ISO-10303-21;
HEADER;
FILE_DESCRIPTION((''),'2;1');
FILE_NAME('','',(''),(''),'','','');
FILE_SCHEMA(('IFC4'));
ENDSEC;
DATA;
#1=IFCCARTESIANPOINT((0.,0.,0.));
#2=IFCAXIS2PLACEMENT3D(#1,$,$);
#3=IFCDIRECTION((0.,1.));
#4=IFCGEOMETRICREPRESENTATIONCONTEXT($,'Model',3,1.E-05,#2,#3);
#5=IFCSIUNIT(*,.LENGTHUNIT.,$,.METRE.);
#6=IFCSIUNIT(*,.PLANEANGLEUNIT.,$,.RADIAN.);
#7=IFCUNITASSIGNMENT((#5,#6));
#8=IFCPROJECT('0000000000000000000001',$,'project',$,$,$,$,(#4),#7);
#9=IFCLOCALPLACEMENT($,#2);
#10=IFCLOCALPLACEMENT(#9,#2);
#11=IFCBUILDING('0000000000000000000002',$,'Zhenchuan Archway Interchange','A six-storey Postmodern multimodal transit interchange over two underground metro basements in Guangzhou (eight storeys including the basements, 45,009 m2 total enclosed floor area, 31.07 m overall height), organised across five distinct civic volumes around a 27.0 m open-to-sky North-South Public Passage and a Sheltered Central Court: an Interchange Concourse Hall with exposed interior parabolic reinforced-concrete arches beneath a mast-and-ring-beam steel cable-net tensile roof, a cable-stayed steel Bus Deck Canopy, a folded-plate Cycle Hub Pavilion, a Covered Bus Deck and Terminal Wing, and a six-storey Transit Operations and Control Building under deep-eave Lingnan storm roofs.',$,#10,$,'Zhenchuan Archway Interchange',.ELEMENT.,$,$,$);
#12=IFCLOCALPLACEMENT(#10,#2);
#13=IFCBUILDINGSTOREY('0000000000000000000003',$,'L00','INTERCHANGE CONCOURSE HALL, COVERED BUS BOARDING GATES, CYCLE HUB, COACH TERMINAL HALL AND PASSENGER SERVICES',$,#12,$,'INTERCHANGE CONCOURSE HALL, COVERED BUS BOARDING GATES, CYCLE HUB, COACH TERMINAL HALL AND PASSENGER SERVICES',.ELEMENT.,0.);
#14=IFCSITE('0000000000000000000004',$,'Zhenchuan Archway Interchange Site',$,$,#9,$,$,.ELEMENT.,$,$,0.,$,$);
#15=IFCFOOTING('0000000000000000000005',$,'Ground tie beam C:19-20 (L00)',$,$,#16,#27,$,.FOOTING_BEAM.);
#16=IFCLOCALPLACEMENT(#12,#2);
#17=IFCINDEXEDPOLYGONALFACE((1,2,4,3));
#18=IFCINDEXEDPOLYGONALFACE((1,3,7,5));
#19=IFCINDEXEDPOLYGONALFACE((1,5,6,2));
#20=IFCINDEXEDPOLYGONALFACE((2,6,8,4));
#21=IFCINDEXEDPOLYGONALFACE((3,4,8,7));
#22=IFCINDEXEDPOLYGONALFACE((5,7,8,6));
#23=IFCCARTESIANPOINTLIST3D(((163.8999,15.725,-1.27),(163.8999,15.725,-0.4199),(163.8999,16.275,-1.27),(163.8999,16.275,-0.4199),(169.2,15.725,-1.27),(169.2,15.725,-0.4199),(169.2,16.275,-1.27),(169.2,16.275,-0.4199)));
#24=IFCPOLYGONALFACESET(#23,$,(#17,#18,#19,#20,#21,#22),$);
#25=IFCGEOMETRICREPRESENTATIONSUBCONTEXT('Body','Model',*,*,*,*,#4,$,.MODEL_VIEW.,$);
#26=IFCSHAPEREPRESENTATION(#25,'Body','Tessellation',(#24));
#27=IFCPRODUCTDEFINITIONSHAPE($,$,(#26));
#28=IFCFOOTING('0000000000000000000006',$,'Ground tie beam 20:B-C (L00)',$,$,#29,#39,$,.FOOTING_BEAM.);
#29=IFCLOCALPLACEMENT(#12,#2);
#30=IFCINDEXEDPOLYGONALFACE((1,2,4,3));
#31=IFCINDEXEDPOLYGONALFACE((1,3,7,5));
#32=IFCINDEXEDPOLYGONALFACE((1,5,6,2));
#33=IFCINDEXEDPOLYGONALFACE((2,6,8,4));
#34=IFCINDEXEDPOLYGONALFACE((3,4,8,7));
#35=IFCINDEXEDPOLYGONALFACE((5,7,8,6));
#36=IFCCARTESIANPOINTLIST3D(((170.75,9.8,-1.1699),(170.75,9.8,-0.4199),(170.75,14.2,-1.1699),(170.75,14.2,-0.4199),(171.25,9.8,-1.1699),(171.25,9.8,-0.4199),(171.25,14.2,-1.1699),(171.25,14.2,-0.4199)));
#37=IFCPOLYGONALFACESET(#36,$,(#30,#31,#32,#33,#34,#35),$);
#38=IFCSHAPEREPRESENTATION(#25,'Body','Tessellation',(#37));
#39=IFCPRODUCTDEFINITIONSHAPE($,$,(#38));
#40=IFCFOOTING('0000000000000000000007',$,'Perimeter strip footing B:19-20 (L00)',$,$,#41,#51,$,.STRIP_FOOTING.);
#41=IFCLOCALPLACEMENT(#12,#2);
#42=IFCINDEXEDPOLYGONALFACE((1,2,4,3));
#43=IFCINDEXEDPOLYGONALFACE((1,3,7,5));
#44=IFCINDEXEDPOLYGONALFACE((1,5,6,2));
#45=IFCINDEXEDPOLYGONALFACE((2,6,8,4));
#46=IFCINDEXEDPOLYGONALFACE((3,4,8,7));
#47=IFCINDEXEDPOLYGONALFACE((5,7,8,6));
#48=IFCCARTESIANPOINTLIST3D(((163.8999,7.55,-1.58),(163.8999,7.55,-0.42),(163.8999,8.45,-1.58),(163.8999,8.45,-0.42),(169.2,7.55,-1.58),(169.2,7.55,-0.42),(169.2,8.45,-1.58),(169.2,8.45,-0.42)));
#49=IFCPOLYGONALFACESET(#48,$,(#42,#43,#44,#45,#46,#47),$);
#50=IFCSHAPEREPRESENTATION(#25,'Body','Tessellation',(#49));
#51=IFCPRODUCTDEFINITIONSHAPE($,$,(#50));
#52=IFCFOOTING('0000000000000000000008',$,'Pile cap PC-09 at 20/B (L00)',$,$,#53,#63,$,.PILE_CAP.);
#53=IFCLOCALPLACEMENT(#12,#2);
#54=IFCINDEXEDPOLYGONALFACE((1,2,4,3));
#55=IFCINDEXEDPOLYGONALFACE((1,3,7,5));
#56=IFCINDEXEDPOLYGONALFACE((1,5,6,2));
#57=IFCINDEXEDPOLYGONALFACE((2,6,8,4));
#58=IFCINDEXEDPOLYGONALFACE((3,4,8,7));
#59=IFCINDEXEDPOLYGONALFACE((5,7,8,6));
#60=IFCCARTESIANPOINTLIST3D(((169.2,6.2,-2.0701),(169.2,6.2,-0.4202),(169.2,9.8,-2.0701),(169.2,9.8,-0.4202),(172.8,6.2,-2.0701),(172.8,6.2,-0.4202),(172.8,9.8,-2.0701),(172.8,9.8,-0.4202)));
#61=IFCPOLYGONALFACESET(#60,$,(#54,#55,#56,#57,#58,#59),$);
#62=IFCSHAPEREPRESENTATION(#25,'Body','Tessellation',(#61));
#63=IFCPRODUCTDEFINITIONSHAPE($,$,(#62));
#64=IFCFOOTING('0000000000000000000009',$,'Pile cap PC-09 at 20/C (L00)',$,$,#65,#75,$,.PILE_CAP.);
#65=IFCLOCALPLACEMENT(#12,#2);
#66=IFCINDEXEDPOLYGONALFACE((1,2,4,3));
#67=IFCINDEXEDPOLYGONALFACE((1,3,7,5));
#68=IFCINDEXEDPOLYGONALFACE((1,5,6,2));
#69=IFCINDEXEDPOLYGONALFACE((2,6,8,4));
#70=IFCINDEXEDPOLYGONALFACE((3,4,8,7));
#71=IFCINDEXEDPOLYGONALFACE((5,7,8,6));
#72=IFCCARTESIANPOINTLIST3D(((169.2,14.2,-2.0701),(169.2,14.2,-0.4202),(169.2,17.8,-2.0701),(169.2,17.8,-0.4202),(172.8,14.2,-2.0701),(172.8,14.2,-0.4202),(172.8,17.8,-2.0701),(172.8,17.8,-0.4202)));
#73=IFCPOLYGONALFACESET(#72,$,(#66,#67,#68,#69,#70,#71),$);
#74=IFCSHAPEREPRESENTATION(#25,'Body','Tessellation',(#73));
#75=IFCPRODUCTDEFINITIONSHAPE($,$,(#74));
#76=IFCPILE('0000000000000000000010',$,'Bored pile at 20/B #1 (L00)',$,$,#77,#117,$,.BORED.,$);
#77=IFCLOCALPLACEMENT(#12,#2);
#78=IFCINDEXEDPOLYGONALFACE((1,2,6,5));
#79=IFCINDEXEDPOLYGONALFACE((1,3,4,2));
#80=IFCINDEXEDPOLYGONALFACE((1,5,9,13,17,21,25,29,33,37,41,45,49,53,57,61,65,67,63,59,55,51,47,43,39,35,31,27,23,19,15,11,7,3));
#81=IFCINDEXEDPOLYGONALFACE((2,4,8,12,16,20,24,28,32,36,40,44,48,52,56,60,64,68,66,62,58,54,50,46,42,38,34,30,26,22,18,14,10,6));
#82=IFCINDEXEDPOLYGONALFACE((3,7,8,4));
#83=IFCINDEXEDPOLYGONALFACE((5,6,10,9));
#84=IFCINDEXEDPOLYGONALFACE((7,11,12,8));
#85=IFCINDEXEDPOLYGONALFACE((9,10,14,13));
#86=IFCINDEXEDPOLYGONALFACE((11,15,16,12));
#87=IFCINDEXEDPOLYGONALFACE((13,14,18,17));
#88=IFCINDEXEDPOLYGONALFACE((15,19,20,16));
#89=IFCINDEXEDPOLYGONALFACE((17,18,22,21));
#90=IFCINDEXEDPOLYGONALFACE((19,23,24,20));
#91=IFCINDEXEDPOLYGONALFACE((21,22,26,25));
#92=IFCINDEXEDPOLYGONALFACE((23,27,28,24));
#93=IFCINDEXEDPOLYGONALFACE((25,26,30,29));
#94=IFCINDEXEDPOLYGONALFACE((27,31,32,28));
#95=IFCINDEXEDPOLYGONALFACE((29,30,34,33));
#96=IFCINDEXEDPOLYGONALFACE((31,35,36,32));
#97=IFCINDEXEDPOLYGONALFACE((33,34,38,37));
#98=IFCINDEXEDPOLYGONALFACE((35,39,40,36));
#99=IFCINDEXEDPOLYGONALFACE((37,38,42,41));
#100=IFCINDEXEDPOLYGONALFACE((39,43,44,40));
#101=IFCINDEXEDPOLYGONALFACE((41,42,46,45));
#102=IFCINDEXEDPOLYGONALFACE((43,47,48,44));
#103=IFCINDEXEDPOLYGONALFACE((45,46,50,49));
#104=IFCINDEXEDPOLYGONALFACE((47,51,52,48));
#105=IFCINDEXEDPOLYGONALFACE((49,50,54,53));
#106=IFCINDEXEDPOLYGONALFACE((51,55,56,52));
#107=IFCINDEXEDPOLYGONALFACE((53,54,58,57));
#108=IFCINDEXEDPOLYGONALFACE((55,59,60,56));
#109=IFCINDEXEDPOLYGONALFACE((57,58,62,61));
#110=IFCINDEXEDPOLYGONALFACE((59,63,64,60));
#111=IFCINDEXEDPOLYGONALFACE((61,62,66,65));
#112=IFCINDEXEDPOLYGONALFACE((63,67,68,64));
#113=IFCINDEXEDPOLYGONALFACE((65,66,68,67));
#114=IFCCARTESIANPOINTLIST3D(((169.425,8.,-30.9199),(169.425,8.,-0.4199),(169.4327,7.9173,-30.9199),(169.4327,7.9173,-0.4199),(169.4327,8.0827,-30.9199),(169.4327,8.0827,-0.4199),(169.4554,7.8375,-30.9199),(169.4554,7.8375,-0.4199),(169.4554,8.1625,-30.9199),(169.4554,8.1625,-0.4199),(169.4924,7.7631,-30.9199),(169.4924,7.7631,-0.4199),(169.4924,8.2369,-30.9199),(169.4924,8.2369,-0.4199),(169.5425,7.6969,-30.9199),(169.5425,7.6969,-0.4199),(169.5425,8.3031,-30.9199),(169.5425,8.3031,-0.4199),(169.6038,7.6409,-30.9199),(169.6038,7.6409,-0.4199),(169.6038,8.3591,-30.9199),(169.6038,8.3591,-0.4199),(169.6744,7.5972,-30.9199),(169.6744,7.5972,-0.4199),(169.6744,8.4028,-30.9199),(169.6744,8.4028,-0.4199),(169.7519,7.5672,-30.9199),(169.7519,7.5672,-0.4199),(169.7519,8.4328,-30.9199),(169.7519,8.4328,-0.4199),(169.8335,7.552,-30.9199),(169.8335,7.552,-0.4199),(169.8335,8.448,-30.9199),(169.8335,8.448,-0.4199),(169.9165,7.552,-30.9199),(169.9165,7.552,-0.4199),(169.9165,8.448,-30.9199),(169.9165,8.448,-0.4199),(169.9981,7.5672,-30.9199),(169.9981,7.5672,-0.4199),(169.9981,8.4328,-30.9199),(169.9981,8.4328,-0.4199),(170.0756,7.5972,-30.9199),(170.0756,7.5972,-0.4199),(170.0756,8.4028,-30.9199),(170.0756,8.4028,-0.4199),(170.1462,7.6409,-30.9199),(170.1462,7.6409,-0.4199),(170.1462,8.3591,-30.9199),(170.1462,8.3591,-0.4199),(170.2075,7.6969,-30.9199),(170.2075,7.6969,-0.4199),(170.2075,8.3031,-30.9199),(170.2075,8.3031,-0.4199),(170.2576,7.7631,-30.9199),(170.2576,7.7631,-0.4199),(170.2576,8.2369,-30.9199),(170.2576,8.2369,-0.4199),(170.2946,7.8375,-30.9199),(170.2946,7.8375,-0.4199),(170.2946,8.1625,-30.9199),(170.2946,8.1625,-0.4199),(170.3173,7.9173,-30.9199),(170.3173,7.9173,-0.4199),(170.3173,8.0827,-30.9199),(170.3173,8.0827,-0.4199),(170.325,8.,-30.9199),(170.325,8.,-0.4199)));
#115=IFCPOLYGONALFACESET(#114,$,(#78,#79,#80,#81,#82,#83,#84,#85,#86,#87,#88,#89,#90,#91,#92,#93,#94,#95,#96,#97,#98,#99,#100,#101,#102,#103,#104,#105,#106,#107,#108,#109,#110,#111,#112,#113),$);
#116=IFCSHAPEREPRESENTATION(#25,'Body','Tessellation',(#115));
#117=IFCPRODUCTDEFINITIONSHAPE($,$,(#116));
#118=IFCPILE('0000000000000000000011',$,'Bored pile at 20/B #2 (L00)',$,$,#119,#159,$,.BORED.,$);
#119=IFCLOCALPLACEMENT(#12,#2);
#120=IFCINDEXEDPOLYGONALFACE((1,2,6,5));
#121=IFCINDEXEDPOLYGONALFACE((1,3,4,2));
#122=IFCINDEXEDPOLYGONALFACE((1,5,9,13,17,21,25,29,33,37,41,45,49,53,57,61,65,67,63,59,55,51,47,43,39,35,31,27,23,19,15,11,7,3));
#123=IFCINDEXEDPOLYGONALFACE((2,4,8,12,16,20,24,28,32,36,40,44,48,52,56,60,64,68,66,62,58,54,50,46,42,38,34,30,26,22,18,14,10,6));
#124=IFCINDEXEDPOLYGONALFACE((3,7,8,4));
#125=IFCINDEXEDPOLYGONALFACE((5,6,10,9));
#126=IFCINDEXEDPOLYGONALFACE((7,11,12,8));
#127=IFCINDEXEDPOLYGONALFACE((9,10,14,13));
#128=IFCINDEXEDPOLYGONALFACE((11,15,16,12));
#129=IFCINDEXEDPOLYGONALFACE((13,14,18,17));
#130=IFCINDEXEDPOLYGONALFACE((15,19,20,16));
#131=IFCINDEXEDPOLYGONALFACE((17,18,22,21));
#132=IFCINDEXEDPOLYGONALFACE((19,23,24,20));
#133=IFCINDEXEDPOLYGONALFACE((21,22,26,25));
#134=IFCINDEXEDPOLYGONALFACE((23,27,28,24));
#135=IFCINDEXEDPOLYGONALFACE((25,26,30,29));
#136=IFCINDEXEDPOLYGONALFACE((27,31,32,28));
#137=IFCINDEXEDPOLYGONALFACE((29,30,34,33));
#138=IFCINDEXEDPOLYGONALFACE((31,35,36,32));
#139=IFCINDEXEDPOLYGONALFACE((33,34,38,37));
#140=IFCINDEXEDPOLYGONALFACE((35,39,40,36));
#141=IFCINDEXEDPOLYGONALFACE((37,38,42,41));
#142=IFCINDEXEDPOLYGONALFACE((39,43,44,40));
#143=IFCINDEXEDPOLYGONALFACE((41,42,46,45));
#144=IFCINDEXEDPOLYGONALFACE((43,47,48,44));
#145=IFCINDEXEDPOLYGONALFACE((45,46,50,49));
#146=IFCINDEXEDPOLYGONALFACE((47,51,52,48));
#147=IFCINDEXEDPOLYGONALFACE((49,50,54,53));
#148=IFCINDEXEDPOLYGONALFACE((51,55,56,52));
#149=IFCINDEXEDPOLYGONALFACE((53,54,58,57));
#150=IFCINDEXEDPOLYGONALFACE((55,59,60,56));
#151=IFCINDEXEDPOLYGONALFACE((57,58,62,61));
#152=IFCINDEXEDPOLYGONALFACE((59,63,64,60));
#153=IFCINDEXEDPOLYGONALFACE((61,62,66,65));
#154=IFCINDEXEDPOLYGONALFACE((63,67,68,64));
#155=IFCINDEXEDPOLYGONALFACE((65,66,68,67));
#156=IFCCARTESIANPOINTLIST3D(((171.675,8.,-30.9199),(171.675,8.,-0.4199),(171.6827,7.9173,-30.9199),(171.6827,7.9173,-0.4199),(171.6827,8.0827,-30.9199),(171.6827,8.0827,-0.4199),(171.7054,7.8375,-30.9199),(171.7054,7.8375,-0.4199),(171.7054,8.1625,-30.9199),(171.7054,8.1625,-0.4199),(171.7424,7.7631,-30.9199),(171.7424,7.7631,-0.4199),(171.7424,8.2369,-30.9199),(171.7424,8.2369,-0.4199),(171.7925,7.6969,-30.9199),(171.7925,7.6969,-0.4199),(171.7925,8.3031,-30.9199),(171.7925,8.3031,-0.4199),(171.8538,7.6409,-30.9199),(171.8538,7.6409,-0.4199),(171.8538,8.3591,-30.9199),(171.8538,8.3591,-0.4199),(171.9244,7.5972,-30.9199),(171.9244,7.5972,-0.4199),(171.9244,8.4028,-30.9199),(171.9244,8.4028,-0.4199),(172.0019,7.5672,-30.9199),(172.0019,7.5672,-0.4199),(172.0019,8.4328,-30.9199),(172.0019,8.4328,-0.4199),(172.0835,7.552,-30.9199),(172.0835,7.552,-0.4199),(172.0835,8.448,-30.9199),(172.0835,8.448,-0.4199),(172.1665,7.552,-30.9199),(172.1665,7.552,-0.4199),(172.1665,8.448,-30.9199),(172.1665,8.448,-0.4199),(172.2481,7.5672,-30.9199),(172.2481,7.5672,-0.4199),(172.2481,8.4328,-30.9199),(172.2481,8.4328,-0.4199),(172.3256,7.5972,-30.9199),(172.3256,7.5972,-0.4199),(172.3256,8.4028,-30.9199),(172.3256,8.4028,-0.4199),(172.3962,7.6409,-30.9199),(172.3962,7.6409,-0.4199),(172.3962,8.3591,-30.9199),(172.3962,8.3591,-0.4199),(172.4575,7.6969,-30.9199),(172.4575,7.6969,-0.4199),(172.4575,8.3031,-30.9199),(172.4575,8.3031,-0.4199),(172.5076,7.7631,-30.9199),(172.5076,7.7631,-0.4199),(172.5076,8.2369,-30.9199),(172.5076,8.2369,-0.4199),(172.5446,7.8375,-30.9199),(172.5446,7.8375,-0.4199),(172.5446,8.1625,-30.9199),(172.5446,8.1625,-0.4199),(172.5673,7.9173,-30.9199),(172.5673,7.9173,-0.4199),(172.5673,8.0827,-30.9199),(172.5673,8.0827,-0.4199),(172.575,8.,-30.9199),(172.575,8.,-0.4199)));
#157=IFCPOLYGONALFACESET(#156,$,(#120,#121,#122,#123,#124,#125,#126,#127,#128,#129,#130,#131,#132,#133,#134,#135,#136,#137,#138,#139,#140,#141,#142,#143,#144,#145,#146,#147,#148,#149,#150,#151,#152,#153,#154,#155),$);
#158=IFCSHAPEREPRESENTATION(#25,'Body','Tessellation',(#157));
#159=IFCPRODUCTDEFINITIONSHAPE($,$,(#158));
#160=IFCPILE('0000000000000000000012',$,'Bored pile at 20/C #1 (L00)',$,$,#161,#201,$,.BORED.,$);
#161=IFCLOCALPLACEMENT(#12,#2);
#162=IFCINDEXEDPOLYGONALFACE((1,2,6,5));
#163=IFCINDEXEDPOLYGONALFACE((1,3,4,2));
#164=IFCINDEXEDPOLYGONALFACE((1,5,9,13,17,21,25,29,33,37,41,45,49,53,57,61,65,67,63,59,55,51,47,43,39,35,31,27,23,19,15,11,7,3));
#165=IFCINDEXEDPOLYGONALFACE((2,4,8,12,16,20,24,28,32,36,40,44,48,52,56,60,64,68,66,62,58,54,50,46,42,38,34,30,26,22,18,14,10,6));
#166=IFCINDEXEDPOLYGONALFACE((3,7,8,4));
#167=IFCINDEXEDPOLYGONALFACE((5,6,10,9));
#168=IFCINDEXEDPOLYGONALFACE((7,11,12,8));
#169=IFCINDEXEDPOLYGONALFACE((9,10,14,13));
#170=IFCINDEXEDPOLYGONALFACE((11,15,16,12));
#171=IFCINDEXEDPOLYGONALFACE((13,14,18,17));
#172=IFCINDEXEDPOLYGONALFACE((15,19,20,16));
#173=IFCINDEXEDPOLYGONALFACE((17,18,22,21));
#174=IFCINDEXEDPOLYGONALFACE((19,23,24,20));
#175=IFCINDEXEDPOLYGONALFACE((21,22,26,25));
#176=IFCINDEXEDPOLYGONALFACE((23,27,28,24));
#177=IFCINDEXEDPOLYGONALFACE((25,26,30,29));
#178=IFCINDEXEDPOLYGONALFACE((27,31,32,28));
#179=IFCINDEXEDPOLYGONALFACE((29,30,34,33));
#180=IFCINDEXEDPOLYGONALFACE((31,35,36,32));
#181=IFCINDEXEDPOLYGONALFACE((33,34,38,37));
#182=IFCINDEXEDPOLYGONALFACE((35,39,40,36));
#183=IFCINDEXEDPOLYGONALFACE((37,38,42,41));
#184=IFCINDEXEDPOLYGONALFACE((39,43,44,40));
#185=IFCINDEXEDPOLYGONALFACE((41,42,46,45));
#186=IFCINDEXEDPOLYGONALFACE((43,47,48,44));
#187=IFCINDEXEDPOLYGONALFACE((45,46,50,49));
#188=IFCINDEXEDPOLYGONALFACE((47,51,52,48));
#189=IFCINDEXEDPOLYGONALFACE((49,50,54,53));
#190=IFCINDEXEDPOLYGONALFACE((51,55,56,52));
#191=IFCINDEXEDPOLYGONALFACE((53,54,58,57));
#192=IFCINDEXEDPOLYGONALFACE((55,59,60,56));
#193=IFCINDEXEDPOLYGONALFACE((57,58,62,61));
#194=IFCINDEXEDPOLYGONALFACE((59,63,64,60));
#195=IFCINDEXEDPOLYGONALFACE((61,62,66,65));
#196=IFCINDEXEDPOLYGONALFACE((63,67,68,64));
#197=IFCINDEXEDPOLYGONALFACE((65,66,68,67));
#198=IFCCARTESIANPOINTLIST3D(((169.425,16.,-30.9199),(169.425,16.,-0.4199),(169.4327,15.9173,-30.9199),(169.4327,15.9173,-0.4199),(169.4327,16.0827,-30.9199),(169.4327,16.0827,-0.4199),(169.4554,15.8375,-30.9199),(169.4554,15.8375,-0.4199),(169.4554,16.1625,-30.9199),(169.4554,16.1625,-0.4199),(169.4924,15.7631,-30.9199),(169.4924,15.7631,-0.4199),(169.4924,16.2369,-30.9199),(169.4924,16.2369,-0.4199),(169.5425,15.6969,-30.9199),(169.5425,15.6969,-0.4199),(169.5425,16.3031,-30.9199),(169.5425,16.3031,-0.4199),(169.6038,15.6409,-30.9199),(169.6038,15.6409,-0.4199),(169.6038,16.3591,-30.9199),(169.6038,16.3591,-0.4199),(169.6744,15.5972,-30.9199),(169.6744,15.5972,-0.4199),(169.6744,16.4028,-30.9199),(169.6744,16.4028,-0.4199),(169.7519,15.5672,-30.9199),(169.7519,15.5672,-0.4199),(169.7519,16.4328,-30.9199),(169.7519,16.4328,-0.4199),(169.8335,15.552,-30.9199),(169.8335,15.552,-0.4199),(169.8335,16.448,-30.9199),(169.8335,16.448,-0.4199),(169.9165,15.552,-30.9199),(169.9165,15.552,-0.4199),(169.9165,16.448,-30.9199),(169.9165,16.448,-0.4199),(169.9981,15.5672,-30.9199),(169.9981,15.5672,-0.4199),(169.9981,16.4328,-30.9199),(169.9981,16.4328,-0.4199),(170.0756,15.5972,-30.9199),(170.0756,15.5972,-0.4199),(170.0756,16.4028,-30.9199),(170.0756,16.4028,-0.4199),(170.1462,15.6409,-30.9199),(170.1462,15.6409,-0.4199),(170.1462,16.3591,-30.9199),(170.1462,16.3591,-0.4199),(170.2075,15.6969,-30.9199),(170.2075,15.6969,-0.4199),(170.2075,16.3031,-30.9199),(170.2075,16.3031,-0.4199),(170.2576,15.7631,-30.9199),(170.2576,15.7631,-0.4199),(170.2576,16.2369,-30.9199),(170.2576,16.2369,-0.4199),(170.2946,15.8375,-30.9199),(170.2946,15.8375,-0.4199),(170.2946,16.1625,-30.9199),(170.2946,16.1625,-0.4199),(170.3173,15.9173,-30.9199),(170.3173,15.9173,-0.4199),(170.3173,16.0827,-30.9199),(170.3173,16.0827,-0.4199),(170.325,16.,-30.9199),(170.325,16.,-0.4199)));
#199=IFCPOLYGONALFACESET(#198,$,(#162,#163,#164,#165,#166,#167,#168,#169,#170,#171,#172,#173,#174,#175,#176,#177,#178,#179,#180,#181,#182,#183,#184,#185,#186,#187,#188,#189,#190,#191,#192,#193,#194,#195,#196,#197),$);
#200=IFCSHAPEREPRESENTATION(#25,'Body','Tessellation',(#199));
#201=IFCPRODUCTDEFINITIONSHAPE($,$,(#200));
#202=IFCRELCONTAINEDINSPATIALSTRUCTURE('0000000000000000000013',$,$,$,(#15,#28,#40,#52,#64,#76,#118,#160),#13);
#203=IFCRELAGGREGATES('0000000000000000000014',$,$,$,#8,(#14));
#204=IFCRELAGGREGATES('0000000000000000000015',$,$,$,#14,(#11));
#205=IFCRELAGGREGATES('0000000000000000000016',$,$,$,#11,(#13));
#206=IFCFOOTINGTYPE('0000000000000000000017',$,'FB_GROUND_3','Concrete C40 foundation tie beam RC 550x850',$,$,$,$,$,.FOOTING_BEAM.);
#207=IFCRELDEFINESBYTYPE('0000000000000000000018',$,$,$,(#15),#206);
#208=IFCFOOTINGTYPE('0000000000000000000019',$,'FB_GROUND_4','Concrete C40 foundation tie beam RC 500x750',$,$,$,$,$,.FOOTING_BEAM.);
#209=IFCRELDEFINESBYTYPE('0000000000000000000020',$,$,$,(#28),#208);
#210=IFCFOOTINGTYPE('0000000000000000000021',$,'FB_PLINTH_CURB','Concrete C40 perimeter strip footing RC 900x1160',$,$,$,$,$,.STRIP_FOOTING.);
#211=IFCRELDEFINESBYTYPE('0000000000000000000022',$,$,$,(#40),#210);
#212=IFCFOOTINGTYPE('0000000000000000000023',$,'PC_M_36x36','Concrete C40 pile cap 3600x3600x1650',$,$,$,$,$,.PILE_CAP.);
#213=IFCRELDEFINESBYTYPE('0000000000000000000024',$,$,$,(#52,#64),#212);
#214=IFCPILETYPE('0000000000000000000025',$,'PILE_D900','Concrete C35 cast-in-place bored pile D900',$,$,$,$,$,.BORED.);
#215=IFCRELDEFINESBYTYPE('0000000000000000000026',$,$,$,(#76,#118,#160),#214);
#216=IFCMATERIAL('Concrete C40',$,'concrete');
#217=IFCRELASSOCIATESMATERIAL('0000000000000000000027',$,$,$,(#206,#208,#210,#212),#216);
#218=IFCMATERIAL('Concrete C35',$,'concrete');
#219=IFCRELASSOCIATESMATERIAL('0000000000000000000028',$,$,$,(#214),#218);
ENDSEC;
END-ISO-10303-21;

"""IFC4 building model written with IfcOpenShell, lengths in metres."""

from ifc_helpers import new_model, si_unit, direction, frame, origin, origin_2d, place, context, subcontext, project, spatial, rectangle, circle, extrude, material, material_profile, profile_set, type_object, element, save


model = new_model("IFC4")

# Units and contexts
model_context = context("Model", 3, precision=1e-05, world=origin(), true_north=direction((0.0, 1.0)))
body_context = subcontext(model_context, "Body", "Model", "MODEL_VIEW")
ifc_project = project(units=[si_unit("LENGTHUNIT", "METRE"), si_unit("PLANEANGLEUNIT", "RADIAN")], contexts=[model_context])

# Site, building, storey
site_placement = place(None, origin())
site = spatial("IfcSite", under=ifc_project, at=site_placement, Name="Zhenchuan Archway Interchange Site", CompositionType="ELEMENT", RefElevation=0.0)
building_placement = place(site_placement, origin())
building = spatial("IfcBuilding", under=site, at=building_placement, Name="Zhenchuan Archway Interchange", Description="A six-storey Postmodern multimodal transit interchange over two underground metro basements in Guangzhou (eight storeys including the basements, 45,009 m2 total enclosed floor area, 31.07 m overall height), organised across five distinct civic volumes around a 27.0 m open-to-sky North-South Public Passage and a Sheltered Central Court: an Interchange Concourse Hall with exposed interior parabolic reinforced-concrete arches beneath a mast-and-ring-beam steel cable-net tensile roof, a cable-stayed steel Bus Deck Canopy, a folded-plate Cycle Hub Pavilion, a Covered Bus Deck and Terminal Wing, and a six-storey Transit Operations and Control Building under deep-eave Lingnan storm roofs.", LongName="Zhenchuan Archway Interchange", CompositionType="ELEMENT")
storey_placement = place(building_placement, origin())
storey = spatial("IfcBuildingStorey", under=building, at=storey_placement, Name="L00", Description="INTERCHANGE CONCOURSE HALL, COVERED BUS BOARDING GATES, CYCLE HUB, COACH TERMINAL HALL AND PASSENGER SERVICES", LongName="INTERCHANGE CONCOURSE HALL, COVERED BUS BOARDING GATES, CYCLE HUB, COACH TERMINAL HALL AND PASSENGER SERVICES", CompositionType="ELEMENT", Elevation=0.0)

# Footings
ifc_material_1 = material(Name="Concrete C40", Category="concrete")
ifc_material_profile_1 = material_profile(ifc_material_1, rectangle(XDim=0.55, YDim=0.8501, at=origin_2d()), Name="RC 550x850")
ifc_profile_set_1 = profile_set([ifc_material_profile_1], Name="Concrete C40")
footing_type_1 = type_object("IfcFootingType", Name="FB_GROUND_3", Description="Concrete C40 foundation tie beam RC 550x850", PredefinedType="FOOTING_BEAM", material=ifc_profile_set_1)
footing_1_placement = place(storey_placement, frame((163.8999, 16.0, -0.845), z_axis=(1.0, 0.0, 0.0), x_axis=(0.0, 1.0, 0.0)))
element("IfcFooting", 1, at=footing_1_placement, inside=storey, type_object=footing_type_1, Name="Ground tie beam C:19-20 (L00)", PredefinedType="FOOTING_BEAM", context=body_context, shape_type="SweptSolid", body=[
    extrude(rectangle(XDim=0.55, YDim=0.8501, at=origin_2d()), origin(), (0.0, 0.0, 1.0), 5.3),
])
ifc_material_profile_2 = material_profile(ifc_material_1, rectangle(XDim=0.5, YDim=0.75, at=origin_2d()), Name="RC 500x750")
ifc_profile_set_2 = profile_set([ifc_material_profile_2], Name="Concrete C40")
footing_type_2 = type_object("IfcFootingType", Name="FB_GROUND_4", Description="Concrete C40 foundation tie beam RC 500x750", PredefinedType="FOOTING_BEAM", material=ifc_profile_set_2)
footing_2_placement = place(storey_placement, frame((171.0, 9.8, -0.7949), z_axis=(0.0, 1.0, 0.0), x_axis=(-1.0, 0.0, 0.0)))
element("IfcFooting", 2, at=footing_2_placement, inside=storey, type_object=footing_type_2, Name="Ground tie beam 20:B-C (L00)", PredefinedType="FOOTING_BEAM", context=body_context, shape_type="SweptSolid", body=[
    extrude(rectangle(XDim=0.5, YDim=0.75, at=origin_2d()), origin(), (0.0, 0.0, 1.0), 4.3999),
])
ifc_material_profile_3 = material_profile(ifc_material_1, rectangle(XDim=0.8999, YDim=1.1599, at=origin_2d()), Name="RC 900x1160")
ifc_profile_set_3 = profile_set([ifc_material_profile_3], Name="Concrete C40")
footing_type_3 = type_object("IfcFootingType", Name="FB_PLINTH_CURB", Description="Concrete C40 perimeter strip footing RC 900x1160", PredefinedType="STRIP_FOOTING", material=ifc_profile_set_3)
footing_3_placement = place(storey_placement, frame((163.8999, 8.0, -1.0), z_axis=(1.0, 0.0, 0.0), x_axis=(0.0, 1.0, 0.0)))
element("IfcFooting", 3, at=footing_3_placement, inside=storey, type_object=footing_type_3, Name="Perimeter strip footing B:19-20 (L00)", PredefinedType="STRIP_FOOTING", context=body_context, shape_type="SweptSolid", body=[
    extrude(rectangle(XDim=0.8999, YDim=1.1599, at=origin_2d()), origin(), (0.0, 0.0, 1.0), 5.3),
])
footing_type_4 = type_object("IfcFootingType", Name="PC_M_36x36", Description="Concrete C40 pile cap 3600x3600x1650", PredefinedType="PILE_CAP", material=ifc_material_1)
for number, where, z_axis, x_axis, name in (
    (4, (171.0, 8.0, -2.0701), (0.0, 0.0, 1.0), (1.0, 0.0, 0.0), "Pile cap PC-09 at 20/B (L00)"),
    (5, (171.0, 16.0, -2.0701), (0.0, 0.0, 1.0), (1.0, 0.0, 0.0), "Pile cap PC-09 at 20/C (L00)"),
):
    element("IfcFooting", number, at=place(storey_placement, frame(where, z_axis=z_axis, x_axis=x_axis)), inside=storey, type_object=footing_type_4, Name=name, PredefinedType="PILE_CAP", context=body_context, shape_type="SweptSolid", body=[
        extrude(rectangle(XDim=3.6001, YDim=3.6001, at=origin_2d()), origin(), (0.0, 0.0, 1.0), 1.6499),
    ])

# Piles
ifc_material_2 = material(Name="Concrete C35", Category="concrete")
ifc_material_profile_4 = material_profile(ifc_material_2, circle(Radius=0.45, at=origin_2d()), Name="BORED PILE 900")
ifc_profile_set_4 = profile_set([ifc_material_profile_4], Name="Concrete C35")
pile_type = type_object("IfcPileType", Name="PILE_D900", Description="Concrete C35 cast-in-place bored pile D900", PredefinedType="BORED", material=ifc_profile_set_4)
for number, where, z_axis, x_axis, name in (
    (6, (169.875, 8.0, -0.4199), (0.0, 0.0, -1.0), (1.0, 0.0, 0.0), "Bored pile at 20/B #1 (L00)"),
    (7, (172.125, 8.0, -0.4199), (0.0, 0.0, -1.0), (1.0, 0.0, 0.0), "Bored pile at 20/B #2 (L00)"),
    (8, (169.875, 16.0, -0.4199), (0.0, 0.0, -1.0), (1.0, 0.0, 0.0), "Bored pile at 20/C #1 (L00)"),
):
    element("IfcPile", number, at=place(storey_placement, frame(where, z_axis=z_axis, x_axis=x_axis)), inside=storey, type_object=pile_type, Name=name, PredefinedType="BORED", context=body_context, shape_type="SweptSolid", body=[
        extrude(circle(Radius=0.45, at=origin_2d()), origin(), (0.0, 0.0, 1.0), 30.5),
    ])

save(model, "model.ifc")
